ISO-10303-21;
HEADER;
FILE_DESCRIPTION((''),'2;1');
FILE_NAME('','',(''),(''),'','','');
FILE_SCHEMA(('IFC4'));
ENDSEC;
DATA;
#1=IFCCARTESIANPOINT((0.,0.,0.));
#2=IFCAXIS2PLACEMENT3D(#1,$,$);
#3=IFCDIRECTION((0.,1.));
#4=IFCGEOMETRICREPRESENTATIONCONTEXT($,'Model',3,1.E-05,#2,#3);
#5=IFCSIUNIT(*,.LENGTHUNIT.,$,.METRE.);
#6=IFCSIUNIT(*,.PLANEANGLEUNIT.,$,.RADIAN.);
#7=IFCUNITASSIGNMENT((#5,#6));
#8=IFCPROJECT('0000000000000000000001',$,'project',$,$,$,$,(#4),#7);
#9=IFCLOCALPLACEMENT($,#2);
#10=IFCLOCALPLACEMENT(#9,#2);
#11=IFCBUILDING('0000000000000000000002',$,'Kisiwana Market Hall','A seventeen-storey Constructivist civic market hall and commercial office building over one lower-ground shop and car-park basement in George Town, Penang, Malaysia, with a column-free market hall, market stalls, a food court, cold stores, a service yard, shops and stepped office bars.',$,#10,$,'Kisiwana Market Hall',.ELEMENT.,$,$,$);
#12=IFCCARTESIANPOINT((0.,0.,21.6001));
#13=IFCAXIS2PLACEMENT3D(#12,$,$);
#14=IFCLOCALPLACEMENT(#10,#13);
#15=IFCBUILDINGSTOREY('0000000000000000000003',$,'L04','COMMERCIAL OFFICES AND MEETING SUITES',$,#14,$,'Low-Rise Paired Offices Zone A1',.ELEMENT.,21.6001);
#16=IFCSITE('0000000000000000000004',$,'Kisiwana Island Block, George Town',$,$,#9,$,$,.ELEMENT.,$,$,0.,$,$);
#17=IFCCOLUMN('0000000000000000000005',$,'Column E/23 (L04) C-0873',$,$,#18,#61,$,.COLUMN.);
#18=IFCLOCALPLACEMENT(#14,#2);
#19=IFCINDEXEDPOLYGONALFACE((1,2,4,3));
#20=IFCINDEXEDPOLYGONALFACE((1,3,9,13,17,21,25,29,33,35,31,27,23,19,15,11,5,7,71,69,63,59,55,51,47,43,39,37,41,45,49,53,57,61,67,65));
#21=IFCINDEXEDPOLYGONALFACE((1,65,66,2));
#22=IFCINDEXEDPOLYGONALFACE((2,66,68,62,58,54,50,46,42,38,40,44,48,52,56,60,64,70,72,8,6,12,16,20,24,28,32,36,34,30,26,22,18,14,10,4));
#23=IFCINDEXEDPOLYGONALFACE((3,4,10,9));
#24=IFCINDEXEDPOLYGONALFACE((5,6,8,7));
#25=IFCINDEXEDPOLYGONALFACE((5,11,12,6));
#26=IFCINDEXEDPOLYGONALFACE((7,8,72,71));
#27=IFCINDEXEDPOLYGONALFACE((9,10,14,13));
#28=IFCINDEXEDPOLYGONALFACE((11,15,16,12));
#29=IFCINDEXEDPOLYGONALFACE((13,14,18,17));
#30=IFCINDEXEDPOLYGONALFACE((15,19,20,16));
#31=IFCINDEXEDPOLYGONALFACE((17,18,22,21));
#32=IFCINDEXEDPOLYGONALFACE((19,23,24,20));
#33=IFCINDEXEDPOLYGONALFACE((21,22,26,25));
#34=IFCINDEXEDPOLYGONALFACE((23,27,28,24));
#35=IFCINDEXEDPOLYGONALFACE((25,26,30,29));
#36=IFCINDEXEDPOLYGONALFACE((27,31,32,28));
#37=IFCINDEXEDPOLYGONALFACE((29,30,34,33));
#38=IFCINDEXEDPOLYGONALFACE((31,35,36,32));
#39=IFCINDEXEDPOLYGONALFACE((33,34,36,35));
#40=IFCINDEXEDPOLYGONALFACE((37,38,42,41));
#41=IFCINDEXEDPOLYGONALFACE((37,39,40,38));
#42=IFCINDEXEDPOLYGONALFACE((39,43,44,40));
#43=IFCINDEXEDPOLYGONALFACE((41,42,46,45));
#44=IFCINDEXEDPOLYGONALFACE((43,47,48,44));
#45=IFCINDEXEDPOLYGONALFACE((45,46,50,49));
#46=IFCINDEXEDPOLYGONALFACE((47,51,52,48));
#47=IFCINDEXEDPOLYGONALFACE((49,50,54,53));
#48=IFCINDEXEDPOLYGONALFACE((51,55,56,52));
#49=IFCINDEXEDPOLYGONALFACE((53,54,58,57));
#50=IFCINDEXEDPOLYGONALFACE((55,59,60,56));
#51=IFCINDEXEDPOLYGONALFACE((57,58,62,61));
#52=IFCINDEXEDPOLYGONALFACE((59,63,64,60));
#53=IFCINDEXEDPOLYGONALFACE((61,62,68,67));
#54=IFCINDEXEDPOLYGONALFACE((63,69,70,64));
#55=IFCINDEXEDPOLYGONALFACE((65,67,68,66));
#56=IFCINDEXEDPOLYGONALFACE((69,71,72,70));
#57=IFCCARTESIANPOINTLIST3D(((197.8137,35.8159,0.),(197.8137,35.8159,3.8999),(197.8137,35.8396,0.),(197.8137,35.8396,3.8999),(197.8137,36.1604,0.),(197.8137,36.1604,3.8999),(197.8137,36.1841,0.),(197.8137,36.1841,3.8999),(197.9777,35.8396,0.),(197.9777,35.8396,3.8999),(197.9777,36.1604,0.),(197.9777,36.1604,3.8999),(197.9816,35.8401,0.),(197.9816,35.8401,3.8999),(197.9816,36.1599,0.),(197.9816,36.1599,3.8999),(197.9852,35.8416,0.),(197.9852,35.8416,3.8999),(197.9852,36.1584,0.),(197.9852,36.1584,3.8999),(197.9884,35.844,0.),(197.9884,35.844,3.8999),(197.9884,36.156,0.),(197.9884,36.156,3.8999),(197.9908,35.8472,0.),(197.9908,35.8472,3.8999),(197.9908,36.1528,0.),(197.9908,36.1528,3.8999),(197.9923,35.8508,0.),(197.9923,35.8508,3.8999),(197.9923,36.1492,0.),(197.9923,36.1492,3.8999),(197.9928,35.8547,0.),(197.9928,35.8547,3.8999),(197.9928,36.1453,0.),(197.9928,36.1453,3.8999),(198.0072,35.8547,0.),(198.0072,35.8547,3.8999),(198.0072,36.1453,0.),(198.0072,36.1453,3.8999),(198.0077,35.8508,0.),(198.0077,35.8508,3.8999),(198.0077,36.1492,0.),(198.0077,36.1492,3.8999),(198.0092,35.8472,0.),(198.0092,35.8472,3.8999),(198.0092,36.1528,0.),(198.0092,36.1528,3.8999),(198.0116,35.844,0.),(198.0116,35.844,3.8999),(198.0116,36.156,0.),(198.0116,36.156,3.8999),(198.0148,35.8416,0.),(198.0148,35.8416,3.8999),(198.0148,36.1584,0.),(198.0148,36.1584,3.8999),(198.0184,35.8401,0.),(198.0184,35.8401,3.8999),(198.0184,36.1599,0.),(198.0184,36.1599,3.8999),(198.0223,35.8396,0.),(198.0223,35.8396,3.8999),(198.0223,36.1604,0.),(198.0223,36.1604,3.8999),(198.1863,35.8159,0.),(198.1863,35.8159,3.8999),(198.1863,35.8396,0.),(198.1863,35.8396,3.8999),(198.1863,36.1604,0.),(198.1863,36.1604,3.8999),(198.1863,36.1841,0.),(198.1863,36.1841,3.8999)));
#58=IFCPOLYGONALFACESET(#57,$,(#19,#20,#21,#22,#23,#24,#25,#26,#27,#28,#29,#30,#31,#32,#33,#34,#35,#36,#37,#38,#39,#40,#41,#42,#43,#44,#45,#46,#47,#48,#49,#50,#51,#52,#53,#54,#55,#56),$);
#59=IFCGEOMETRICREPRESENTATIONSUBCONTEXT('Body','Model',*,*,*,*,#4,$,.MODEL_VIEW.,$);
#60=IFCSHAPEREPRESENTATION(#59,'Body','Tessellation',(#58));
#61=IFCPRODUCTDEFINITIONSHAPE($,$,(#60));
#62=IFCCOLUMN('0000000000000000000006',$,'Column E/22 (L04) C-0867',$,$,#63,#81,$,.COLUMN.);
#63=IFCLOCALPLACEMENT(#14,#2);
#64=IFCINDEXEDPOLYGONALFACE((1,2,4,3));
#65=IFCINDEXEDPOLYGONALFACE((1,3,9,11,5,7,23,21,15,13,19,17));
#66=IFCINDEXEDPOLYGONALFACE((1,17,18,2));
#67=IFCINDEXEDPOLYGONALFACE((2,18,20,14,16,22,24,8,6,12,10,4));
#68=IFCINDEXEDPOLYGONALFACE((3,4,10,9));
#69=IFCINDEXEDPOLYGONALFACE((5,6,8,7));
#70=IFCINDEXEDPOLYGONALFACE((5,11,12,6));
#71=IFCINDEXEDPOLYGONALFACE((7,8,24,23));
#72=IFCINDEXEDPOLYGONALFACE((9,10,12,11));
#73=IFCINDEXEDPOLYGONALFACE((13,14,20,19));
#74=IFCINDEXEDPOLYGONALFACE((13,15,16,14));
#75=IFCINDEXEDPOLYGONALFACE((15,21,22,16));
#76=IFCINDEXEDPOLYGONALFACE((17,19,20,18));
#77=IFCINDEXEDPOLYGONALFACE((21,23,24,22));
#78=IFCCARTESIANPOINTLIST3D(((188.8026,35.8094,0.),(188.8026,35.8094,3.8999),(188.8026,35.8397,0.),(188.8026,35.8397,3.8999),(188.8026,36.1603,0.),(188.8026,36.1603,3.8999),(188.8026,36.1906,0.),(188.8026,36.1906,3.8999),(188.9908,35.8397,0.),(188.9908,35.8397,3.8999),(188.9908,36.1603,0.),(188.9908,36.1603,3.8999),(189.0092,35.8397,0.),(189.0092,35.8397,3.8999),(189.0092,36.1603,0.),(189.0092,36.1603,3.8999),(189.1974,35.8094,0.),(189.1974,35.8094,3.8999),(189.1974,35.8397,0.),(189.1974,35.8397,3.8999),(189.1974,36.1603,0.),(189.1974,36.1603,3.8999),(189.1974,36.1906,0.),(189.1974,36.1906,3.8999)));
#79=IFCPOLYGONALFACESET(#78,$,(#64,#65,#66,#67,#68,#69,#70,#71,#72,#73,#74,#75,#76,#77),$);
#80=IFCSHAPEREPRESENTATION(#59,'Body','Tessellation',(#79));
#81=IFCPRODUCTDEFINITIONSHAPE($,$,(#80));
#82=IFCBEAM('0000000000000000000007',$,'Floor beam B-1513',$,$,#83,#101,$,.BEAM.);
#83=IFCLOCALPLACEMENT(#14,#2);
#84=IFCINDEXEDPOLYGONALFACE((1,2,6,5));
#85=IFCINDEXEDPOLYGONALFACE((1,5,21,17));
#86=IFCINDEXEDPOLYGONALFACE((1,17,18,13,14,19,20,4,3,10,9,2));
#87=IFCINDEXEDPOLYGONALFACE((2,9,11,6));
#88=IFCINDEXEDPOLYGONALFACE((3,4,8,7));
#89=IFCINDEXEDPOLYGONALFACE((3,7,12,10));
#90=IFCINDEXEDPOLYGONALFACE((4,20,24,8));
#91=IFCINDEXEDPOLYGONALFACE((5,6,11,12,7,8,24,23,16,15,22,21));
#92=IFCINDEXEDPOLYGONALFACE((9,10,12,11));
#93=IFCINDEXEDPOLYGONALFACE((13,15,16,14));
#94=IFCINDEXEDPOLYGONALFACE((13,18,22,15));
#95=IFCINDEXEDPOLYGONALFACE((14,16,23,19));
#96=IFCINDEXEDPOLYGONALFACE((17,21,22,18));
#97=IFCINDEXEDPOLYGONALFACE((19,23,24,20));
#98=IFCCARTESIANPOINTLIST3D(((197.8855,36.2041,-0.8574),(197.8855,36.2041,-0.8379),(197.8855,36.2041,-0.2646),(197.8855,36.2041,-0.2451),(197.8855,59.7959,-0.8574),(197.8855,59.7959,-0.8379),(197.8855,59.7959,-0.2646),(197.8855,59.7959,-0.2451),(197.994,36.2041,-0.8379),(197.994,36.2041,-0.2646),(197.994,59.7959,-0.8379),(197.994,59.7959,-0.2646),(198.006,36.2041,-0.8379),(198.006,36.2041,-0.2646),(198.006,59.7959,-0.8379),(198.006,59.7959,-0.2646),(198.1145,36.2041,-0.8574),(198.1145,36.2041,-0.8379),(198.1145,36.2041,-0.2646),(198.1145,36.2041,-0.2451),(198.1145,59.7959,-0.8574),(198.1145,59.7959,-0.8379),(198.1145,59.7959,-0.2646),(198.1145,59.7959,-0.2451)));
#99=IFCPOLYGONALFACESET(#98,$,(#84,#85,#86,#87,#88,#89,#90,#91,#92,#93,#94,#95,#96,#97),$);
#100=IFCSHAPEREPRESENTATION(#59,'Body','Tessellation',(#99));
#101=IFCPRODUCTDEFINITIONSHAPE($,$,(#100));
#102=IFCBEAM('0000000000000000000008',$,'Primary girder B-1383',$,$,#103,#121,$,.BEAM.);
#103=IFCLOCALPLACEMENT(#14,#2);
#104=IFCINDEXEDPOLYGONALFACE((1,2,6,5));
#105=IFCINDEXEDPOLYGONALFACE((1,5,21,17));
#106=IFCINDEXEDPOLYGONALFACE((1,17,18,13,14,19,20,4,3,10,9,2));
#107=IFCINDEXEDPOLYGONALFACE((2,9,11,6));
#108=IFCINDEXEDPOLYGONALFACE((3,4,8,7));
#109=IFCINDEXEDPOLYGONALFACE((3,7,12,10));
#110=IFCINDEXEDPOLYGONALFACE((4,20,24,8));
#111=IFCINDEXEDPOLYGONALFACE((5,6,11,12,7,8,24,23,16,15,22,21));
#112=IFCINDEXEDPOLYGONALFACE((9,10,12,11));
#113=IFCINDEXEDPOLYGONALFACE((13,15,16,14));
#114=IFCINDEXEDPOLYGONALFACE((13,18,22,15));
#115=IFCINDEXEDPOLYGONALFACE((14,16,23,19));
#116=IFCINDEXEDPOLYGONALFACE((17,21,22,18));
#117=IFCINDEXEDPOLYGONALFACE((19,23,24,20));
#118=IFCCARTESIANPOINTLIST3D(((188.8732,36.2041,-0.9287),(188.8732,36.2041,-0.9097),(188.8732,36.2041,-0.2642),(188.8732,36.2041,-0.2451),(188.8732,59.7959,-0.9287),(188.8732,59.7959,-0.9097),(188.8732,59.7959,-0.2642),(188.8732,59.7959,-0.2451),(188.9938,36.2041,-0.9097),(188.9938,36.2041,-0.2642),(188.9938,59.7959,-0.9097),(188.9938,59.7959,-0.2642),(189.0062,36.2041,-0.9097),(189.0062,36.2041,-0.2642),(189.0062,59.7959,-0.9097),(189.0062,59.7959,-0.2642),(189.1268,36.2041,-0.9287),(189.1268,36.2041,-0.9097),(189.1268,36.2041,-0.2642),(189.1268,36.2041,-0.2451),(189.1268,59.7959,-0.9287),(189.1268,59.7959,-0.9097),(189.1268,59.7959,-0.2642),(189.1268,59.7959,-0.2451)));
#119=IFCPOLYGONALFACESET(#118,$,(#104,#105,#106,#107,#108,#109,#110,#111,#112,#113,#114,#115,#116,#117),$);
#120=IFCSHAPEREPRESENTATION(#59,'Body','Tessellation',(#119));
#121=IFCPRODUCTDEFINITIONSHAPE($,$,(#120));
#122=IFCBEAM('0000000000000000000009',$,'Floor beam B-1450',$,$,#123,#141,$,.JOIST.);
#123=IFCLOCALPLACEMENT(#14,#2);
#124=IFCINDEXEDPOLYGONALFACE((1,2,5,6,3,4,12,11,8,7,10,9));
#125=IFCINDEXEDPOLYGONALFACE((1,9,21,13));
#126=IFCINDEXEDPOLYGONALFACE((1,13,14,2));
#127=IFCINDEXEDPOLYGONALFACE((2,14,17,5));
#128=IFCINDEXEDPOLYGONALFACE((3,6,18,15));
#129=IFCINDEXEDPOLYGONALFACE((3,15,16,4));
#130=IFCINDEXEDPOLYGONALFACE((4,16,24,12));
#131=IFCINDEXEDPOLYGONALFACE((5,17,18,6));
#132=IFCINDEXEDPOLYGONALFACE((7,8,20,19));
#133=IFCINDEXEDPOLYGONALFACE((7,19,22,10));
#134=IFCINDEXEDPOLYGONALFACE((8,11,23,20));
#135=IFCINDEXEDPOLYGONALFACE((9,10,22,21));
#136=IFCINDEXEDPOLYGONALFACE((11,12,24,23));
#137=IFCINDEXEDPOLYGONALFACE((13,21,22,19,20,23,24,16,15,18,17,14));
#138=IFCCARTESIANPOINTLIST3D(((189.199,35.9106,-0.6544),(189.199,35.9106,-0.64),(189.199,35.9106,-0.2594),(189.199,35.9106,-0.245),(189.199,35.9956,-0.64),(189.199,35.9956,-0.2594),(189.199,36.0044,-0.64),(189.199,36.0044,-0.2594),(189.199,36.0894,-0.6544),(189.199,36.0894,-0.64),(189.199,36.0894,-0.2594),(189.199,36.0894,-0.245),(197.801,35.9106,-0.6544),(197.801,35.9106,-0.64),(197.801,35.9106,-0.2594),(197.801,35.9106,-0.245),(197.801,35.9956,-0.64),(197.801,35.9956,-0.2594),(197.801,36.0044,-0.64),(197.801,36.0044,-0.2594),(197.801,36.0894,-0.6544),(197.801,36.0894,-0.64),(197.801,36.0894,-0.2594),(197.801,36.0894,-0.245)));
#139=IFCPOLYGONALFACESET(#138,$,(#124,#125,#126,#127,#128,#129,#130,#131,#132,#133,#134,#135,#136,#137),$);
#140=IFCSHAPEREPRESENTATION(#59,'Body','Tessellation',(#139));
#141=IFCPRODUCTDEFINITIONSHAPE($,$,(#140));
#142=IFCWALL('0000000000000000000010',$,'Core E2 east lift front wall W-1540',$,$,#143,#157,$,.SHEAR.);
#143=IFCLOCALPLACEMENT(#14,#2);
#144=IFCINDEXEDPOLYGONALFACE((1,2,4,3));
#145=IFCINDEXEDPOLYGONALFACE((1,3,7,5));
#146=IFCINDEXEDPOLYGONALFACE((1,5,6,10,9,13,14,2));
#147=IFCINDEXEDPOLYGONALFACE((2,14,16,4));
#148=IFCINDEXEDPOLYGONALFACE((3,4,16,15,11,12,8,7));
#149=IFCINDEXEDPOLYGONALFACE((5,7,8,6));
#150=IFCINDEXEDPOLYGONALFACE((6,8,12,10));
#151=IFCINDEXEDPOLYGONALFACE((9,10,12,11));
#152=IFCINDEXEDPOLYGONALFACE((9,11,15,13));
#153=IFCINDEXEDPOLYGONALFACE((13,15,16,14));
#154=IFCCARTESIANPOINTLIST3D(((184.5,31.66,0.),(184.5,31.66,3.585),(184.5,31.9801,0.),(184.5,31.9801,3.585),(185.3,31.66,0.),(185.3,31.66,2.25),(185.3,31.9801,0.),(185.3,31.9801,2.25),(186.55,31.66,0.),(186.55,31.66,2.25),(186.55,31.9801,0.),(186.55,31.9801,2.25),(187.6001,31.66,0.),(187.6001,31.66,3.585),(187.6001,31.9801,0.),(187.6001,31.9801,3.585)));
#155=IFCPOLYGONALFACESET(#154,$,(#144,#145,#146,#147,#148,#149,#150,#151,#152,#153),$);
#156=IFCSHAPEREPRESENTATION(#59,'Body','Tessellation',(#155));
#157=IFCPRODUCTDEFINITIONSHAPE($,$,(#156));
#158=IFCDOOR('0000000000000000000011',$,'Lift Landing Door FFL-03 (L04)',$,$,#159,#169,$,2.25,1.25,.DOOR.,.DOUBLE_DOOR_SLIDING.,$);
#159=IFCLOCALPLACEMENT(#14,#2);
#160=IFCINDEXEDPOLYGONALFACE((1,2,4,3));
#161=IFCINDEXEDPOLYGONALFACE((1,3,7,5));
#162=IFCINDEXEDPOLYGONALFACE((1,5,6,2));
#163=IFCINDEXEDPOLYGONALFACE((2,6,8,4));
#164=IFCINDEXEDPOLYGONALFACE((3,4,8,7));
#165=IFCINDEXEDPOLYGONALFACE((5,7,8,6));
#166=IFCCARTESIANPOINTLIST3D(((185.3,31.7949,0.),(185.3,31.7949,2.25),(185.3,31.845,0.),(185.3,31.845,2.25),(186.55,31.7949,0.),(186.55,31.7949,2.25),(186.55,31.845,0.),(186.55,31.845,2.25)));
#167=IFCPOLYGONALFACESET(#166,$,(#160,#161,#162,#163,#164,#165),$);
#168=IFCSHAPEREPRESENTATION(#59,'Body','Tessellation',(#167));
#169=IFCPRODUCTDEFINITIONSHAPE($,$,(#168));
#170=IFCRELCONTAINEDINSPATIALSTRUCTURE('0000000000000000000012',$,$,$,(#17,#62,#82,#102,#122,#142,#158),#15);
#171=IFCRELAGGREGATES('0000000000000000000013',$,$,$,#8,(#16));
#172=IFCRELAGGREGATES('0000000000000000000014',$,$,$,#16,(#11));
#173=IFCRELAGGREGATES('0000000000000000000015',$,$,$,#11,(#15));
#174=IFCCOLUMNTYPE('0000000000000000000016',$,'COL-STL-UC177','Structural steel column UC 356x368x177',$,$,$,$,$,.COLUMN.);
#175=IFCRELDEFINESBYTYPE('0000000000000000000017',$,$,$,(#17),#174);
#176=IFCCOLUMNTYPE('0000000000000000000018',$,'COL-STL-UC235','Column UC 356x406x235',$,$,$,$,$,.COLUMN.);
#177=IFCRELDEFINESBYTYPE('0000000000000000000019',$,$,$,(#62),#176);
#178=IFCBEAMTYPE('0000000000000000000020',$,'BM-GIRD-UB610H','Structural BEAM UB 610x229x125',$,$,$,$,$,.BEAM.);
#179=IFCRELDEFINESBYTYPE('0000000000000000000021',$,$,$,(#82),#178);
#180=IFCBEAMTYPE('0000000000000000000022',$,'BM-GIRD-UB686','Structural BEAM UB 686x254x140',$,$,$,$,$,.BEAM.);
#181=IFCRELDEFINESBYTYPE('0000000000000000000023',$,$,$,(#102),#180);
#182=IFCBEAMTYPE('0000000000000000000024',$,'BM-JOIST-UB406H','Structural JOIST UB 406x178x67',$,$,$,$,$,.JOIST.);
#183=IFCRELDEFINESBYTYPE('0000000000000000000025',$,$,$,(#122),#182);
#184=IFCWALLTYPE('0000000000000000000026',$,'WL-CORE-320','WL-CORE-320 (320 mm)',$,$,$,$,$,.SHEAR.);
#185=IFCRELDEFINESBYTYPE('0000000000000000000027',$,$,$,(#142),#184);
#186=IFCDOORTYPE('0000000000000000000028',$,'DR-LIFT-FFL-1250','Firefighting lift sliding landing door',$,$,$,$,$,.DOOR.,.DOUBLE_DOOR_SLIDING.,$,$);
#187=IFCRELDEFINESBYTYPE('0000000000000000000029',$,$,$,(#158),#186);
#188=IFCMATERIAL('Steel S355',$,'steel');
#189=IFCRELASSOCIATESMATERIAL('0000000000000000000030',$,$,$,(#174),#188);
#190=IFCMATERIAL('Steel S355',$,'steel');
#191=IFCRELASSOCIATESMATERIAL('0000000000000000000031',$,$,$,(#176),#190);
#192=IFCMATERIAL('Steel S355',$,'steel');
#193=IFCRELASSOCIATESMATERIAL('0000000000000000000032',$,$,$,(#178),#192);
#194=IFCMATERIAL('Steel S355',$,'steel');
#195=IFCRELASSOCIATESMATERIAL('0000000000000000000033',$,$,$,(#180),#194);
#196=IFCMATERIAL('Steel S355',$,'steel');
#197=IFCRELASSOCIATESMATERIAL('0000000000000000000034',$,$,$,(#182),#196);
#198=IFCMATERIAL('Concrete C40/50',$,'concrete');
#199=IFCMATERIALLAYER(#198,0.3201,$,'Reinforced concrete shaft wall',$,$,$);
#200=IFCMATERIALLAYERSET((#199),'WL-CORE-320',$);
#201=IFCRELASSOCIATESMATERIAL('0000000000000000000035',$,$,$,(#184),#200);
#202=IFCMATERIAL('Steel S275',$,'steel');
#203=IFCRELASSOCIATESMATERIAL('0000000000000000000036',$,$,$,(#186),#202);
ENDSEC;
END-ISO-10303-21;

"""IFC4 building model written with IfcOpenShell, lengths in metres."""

from ifc_helpers import new_model, si_unit, direction, frame, frame_2d, origin, origin_2d, place, context, subcontext, project, spatial, rectangle, i_section, extrude, material, layer, layer_set, material_profile, profile_set, type_object, element, fill, save


model = new_model("IFC4")

# Units and contexts
model_context = context("Model", 3, precision=1e-05, world=origin(), true_north=direction((0.0, 1.0)))
body_context = subcontext(model_context, "Body", "Model", "MODEL_VIEW")
ifc_project = project(units=[si_unit("LENGTHUNIT", "METRE"), si_unit("PLANEANGLEUNIT", "RADIAN")], contexts=[model_context])

# Site, building, storey
site_placement = place(None, origin())
site = spatial("IfcSite", under=ifc_project, at=site_placement, Name="Kisiwana Island Block, George Town", CompositionType="ELEMENT", RefElevation=0.0)
building_placement = place(site_placement, origin())
building = spatial("IfcBuilding", under=site, at=building_placement, Name="Kisiwana Market Hall", Description="A seventeen-storey Constructivist civic market hall and commercial office building over one lower-ground shop and car-park basement in George Town, Penang, Malaysia, with a column-free market hall, market stalls, a food court, cold stores, a service yard, shops and stepped office bars.", LongName="Kisiwana Market Hall", CompositionType="ELEMENT")
storey_placement = place(building_placement, frame((0.0, 0.0, 21.6001)))
storey = spatial("IfcBuildingStorey", under=building, at=storey_placement, Name="L04", Description="COMMERCIAL OFFICES AND MEETING SUITES", LongName="Low-Rise Paired Offices Zone A1", CompositionType="ELEMENT", Elevation=21.6001)

# Columns
ifc_material_1 = material(Name="Steel S355", Category="steel")
ifc_material_profile_1 = material_profile(ifc_material_1, i_section(OverallWidth=0.3726, OverallDepth=0.3682, WebThickness=0.0144, FlangeThickness=0.0237, FilletRadius=0.0151, at=origin_2d()), Name="UC 356x368x177")
ifc_profile_set_1 = profile_set([ifc_material_profile_1], Name="Steel S355")
column_type_1 = type_object("IfcColumnType", Name="COL-STL-UC177", Description="Structural steel column UC 356x368x177", PredefinedType="COLUMN", material=ifc_profile_set_1)
column_1_placement = place(storey_placement, frame((198.0, 36.0, 0.0), z_axis=(0.0, 0.0, 1.0), x_axis=(1.0, 0.0, 0.0)))
element("IfcColumn", 1, at=column_1_placement, inside=storey, type_object=column_type_1, Name="Column E/23 (L04) C-0873", PredefinedType="COLUMN", context=body_context, shape_type="SweptSolid", body=[
    extrude(i_section(OverallWidth=0.3726, OverallDepth=0.3682, WebThickness=0.0144, FlangeThickness=0.0237, FilletRadius=0.0151, at=origin_2d()), origin(), (0.0, 0.0, 1.0), 3.8999),
])
ifc_material_2 = material(Name="Steel S355", Category="steel")
ifc_material_profile_2 = material_profile(ifc_material_2, i_section(OverallWidth=0.3948, OverallDepth=0.3811, WebThickness=0.0183, FlangeThickness=0.0303, at=origin_2d()), Name="UC 356x406x235")
ifc_profile_set_2 = profile_set([ifc_material_profile_2], Name="Steel S355")
column_type_2 = type_object("IfcColumnType", Name="COL-STL-UC235", Description="Column UC 356x406x235", PredefinedType="COLUMN", material=ifc_profile_set_2)
column_2_placement = place(storey_placement, frame((189.0, 36.0, 0.0), z_axis=(0.0, 0.0, 1.0), x_axis=(1.0, 0.0, 0.0)))
element("IfcColumn", 2, at=column_2_placement, inside=storey, type_object=column_type_2, Name="Column E/22 (L04) C-0867", PredefinedType="COLUMN", context=body_context, shape_type="SweptSolid", body=[
    extrude(i_section(OverallWidth=0.3948, OverallDepth=0.3811, WebThickness=0.0183, FlangeThickness=0.0303, at=origin_2d()), origin(), (0.0, 0.0, 1.0), 3.8999),
])

# Beams
ifc_material_3 = material(Name="Steel S355", Category="steel")
ifc_material_profile_3 = material_profile(ifc_material_3, i_section(OverallWidth=0.229, OverallDepth=0.6123, WebThickness=0.012, FlangeThickness=0.0195, at=origin_2d()), Name="UB 610x229x125")
ifc_profile_set_3 = profile_set([ifc_material_profile_3], Name="Steel S355")
beam_type_1 = type_object("IfcBeamType", Name="BM-GIRD-UB610H", Description="Structural BEAM UB 610x229x125", PredefinedType="BEAM", material=ifc_profile_set_3)
beam_1_placement = place(storey_placement, frame((198.0, 36.2041, -0.5513), z_axis=(0.0, 1.0, 0.0), x_axis=(-1.0, 0.0, 0.0)))
element("IfcBeam", 3, at=beam_1_placement, inside=storey, type_object=beam_type_1, Name="Floor beam B-1513", PredefinedType="BEAM", context=body_context, shape_type="SweptSolid", body=[
    extrude(i_section(OverallWidth=0.229, OverallDepth=0.6123, WebThickness=0.012, FlangeThickness=0.0195, at=origin_2d()), origin(), (0.0, 0.0, 1.0), 23.5918),
])
ifc_material_4 = material(Name="Steel S355", Category="steel")
ifc_material_profile_4 = material_profile(ifc_material_4, i_section(OverallWidth=0.2537, OverallDepth=0.6836, WebThickness=0.0125, FlangeThickness=0.019, at=origin_2d()), Name="UB 686x254x140")
ifc_profile_set_4 = profile_set([ifc_material_profile_4], Name="Steel S355")
beam_type_2 = type_object("IfcBeamType", Name="BM-GIRD-UB686", Description="Structural BEAM UB 686x254x140", PredefinedType="BEAM", material=ifc_profile_set_4)
beam_2_placement = place(storey_placement, frame((189.0, 36.2041, -0.5869), z_axis=(0.0, 1.0, 0.0), x_axis=(-1.0, 0.0, 0.0)))
element("IfcBeam", 4, at=beam_2_placement, inside=storey, type_object=beam_type_2, Name="Primary girder B-1383", PredefinedType="BEAM", context=body_context, shape_type="SweptSolid", body=[
    extrude(i_section(OverallWidth=0.2537, OverallDepth=0.6836, WebThickness=0.0125, FlangeThickness=0.019, at=origin_2d()), origin(), (0.0, 0.0, 1.0), 23.5918),
])
ifc_material_5 = material(Name="Steel S355", Category="steel")
ifc_material_profile_5 = material_profile(ifc_material_5, i_section(OverallWidth=0.1787, OverallDepth=0.4094, WebThickness=0.0088, FlangeThickness=0.0144, at=origin_2d()), Name="UB 406x178x67")
ifc_profile_set_5 = profile_set([ifc_material_profile_5], Name="Steel S355")
beam_type_3 = type_object("IfcBeamType", Name="BM-JOIST-UB406H", Description="Structural JOIST UB 406x178x67", PredefinedType="JOIST", material=ifc_profile_set_5)
beam_3_placement = place(storey_placement, frame((189.199, 36.0, -0.4497), z_axis=(1.0, 0.0, 0.0), x_axis=(0.0, 1.0, 0.0)))
element("IfcBeam", 5, at=beam_3_placement, inside=storey, type_object=beam_type_3, Name="Floor beam B-1450", PredefinedType="JOIST", context=body_context, shape_type="SweptSolid", body=[
    extrude(i_section(OverallWidth=0.1787, OverallDepth=0.4094, WebThickness=0.0088, FlangeThickness=0.0144, at=origin_2d()), origin(), (0.0, 0.0, 1.0), 8.6021),
])

# Wall, opening, door
ifc_material_6 = material(Name="Concrete C40/50", Category="concrete")
ifc_layer_1 = layer(ifc_material_6, 0.3201, Name="Reinforced concrete shaft wall")
ifc_layer_set_1 = layer_set([ifc_layer_1], Name="WL-CORE-320")
wall_type_1 = type_object("IfcWallType", Name="WL-CORE-320", Description="WL-CORE-320 (320 mm)", PredefinedType="SHEAR", material=ifc_layer_set_1)
wall_1_placement = place(storey_placement, frame((184.5, 31.8201, 0.0), z_axis=(0.0, 0.0, 1.0), x_axis=(1.0, 0.0, 0.0)))
wall_1 = element("IfcWall", 6, at=wall_1_placement, inside=storey, type_object=wall_type_1, Name="Core E2 east lift front wall W-1540", PredefinedType="SHEAR", context=body_context, shape_type="SweptSolid", body=[
    extrude(rectangle(XDim=3.1001, YDim=0.3201, at=frame_2d((1.55, 0.0))), origin(), (0.0, 0.0, 1.0), 3.585),
])
opening_1_placement = place(wall_1_placement, frame((0.8, 0.0, 0.0)))
opening_1 = element("IfcOpeningElement", 7, at=opening_1_placement, cuts=wall_1, PredefinedType="OPENING", context=body_context, shape_type="SweptSolid", body=[
    extrude(rectangle(XDim=1.25, YDim=2.25, at=frame_2d((0.625, 1.125))), frame((0.0, 0.1719, 0.0), z_axis=(0.0, -1.0, 0.0), x_axis=(1.0, 0.0, 0.0)), (0.0, 0.0, 1.0), 0.344),
])
ifc_material_7 = material(Name="Steel S275", Category="steel")
door_type_1 = type_object("IfcDoorType", Name="DR-LIFT-FFL-1250", Description="Firefighting lift sliding landing door", OperationType="DOUBLE_DOOR_SLIDING", PredefinedType="DOOR", material=ifc_material_7)
door_1_placement = place(opening_1_placement, origin())
door_1 = element("IfcDoor", 8, at=door_1_placement, inside=storey, type_object=door_type_1, Name="Lift Landing Door FFL-03 (L04)", OperationType="DOUBLE_DOOR_SLIDING", OverallHeight=2.25, OverallWidth=1.25, PredefinedType="DOOR", context=body_context, shape_type="SweptSolid", body=[
    extrude(rectangle(XDim=1.25, YDim=2.25, at=frame_2d((0.625, 1.125))), frame((0.0, 0.0249, 0.0), z_axis=(0.0, -1.0, 0.0), x_axis=(1.0, 0.0, 0.0)), (0.0, 0.0, 1.0), 0.05),
])
fill(opening_1, door_1)

save(model, "model.ifc")
